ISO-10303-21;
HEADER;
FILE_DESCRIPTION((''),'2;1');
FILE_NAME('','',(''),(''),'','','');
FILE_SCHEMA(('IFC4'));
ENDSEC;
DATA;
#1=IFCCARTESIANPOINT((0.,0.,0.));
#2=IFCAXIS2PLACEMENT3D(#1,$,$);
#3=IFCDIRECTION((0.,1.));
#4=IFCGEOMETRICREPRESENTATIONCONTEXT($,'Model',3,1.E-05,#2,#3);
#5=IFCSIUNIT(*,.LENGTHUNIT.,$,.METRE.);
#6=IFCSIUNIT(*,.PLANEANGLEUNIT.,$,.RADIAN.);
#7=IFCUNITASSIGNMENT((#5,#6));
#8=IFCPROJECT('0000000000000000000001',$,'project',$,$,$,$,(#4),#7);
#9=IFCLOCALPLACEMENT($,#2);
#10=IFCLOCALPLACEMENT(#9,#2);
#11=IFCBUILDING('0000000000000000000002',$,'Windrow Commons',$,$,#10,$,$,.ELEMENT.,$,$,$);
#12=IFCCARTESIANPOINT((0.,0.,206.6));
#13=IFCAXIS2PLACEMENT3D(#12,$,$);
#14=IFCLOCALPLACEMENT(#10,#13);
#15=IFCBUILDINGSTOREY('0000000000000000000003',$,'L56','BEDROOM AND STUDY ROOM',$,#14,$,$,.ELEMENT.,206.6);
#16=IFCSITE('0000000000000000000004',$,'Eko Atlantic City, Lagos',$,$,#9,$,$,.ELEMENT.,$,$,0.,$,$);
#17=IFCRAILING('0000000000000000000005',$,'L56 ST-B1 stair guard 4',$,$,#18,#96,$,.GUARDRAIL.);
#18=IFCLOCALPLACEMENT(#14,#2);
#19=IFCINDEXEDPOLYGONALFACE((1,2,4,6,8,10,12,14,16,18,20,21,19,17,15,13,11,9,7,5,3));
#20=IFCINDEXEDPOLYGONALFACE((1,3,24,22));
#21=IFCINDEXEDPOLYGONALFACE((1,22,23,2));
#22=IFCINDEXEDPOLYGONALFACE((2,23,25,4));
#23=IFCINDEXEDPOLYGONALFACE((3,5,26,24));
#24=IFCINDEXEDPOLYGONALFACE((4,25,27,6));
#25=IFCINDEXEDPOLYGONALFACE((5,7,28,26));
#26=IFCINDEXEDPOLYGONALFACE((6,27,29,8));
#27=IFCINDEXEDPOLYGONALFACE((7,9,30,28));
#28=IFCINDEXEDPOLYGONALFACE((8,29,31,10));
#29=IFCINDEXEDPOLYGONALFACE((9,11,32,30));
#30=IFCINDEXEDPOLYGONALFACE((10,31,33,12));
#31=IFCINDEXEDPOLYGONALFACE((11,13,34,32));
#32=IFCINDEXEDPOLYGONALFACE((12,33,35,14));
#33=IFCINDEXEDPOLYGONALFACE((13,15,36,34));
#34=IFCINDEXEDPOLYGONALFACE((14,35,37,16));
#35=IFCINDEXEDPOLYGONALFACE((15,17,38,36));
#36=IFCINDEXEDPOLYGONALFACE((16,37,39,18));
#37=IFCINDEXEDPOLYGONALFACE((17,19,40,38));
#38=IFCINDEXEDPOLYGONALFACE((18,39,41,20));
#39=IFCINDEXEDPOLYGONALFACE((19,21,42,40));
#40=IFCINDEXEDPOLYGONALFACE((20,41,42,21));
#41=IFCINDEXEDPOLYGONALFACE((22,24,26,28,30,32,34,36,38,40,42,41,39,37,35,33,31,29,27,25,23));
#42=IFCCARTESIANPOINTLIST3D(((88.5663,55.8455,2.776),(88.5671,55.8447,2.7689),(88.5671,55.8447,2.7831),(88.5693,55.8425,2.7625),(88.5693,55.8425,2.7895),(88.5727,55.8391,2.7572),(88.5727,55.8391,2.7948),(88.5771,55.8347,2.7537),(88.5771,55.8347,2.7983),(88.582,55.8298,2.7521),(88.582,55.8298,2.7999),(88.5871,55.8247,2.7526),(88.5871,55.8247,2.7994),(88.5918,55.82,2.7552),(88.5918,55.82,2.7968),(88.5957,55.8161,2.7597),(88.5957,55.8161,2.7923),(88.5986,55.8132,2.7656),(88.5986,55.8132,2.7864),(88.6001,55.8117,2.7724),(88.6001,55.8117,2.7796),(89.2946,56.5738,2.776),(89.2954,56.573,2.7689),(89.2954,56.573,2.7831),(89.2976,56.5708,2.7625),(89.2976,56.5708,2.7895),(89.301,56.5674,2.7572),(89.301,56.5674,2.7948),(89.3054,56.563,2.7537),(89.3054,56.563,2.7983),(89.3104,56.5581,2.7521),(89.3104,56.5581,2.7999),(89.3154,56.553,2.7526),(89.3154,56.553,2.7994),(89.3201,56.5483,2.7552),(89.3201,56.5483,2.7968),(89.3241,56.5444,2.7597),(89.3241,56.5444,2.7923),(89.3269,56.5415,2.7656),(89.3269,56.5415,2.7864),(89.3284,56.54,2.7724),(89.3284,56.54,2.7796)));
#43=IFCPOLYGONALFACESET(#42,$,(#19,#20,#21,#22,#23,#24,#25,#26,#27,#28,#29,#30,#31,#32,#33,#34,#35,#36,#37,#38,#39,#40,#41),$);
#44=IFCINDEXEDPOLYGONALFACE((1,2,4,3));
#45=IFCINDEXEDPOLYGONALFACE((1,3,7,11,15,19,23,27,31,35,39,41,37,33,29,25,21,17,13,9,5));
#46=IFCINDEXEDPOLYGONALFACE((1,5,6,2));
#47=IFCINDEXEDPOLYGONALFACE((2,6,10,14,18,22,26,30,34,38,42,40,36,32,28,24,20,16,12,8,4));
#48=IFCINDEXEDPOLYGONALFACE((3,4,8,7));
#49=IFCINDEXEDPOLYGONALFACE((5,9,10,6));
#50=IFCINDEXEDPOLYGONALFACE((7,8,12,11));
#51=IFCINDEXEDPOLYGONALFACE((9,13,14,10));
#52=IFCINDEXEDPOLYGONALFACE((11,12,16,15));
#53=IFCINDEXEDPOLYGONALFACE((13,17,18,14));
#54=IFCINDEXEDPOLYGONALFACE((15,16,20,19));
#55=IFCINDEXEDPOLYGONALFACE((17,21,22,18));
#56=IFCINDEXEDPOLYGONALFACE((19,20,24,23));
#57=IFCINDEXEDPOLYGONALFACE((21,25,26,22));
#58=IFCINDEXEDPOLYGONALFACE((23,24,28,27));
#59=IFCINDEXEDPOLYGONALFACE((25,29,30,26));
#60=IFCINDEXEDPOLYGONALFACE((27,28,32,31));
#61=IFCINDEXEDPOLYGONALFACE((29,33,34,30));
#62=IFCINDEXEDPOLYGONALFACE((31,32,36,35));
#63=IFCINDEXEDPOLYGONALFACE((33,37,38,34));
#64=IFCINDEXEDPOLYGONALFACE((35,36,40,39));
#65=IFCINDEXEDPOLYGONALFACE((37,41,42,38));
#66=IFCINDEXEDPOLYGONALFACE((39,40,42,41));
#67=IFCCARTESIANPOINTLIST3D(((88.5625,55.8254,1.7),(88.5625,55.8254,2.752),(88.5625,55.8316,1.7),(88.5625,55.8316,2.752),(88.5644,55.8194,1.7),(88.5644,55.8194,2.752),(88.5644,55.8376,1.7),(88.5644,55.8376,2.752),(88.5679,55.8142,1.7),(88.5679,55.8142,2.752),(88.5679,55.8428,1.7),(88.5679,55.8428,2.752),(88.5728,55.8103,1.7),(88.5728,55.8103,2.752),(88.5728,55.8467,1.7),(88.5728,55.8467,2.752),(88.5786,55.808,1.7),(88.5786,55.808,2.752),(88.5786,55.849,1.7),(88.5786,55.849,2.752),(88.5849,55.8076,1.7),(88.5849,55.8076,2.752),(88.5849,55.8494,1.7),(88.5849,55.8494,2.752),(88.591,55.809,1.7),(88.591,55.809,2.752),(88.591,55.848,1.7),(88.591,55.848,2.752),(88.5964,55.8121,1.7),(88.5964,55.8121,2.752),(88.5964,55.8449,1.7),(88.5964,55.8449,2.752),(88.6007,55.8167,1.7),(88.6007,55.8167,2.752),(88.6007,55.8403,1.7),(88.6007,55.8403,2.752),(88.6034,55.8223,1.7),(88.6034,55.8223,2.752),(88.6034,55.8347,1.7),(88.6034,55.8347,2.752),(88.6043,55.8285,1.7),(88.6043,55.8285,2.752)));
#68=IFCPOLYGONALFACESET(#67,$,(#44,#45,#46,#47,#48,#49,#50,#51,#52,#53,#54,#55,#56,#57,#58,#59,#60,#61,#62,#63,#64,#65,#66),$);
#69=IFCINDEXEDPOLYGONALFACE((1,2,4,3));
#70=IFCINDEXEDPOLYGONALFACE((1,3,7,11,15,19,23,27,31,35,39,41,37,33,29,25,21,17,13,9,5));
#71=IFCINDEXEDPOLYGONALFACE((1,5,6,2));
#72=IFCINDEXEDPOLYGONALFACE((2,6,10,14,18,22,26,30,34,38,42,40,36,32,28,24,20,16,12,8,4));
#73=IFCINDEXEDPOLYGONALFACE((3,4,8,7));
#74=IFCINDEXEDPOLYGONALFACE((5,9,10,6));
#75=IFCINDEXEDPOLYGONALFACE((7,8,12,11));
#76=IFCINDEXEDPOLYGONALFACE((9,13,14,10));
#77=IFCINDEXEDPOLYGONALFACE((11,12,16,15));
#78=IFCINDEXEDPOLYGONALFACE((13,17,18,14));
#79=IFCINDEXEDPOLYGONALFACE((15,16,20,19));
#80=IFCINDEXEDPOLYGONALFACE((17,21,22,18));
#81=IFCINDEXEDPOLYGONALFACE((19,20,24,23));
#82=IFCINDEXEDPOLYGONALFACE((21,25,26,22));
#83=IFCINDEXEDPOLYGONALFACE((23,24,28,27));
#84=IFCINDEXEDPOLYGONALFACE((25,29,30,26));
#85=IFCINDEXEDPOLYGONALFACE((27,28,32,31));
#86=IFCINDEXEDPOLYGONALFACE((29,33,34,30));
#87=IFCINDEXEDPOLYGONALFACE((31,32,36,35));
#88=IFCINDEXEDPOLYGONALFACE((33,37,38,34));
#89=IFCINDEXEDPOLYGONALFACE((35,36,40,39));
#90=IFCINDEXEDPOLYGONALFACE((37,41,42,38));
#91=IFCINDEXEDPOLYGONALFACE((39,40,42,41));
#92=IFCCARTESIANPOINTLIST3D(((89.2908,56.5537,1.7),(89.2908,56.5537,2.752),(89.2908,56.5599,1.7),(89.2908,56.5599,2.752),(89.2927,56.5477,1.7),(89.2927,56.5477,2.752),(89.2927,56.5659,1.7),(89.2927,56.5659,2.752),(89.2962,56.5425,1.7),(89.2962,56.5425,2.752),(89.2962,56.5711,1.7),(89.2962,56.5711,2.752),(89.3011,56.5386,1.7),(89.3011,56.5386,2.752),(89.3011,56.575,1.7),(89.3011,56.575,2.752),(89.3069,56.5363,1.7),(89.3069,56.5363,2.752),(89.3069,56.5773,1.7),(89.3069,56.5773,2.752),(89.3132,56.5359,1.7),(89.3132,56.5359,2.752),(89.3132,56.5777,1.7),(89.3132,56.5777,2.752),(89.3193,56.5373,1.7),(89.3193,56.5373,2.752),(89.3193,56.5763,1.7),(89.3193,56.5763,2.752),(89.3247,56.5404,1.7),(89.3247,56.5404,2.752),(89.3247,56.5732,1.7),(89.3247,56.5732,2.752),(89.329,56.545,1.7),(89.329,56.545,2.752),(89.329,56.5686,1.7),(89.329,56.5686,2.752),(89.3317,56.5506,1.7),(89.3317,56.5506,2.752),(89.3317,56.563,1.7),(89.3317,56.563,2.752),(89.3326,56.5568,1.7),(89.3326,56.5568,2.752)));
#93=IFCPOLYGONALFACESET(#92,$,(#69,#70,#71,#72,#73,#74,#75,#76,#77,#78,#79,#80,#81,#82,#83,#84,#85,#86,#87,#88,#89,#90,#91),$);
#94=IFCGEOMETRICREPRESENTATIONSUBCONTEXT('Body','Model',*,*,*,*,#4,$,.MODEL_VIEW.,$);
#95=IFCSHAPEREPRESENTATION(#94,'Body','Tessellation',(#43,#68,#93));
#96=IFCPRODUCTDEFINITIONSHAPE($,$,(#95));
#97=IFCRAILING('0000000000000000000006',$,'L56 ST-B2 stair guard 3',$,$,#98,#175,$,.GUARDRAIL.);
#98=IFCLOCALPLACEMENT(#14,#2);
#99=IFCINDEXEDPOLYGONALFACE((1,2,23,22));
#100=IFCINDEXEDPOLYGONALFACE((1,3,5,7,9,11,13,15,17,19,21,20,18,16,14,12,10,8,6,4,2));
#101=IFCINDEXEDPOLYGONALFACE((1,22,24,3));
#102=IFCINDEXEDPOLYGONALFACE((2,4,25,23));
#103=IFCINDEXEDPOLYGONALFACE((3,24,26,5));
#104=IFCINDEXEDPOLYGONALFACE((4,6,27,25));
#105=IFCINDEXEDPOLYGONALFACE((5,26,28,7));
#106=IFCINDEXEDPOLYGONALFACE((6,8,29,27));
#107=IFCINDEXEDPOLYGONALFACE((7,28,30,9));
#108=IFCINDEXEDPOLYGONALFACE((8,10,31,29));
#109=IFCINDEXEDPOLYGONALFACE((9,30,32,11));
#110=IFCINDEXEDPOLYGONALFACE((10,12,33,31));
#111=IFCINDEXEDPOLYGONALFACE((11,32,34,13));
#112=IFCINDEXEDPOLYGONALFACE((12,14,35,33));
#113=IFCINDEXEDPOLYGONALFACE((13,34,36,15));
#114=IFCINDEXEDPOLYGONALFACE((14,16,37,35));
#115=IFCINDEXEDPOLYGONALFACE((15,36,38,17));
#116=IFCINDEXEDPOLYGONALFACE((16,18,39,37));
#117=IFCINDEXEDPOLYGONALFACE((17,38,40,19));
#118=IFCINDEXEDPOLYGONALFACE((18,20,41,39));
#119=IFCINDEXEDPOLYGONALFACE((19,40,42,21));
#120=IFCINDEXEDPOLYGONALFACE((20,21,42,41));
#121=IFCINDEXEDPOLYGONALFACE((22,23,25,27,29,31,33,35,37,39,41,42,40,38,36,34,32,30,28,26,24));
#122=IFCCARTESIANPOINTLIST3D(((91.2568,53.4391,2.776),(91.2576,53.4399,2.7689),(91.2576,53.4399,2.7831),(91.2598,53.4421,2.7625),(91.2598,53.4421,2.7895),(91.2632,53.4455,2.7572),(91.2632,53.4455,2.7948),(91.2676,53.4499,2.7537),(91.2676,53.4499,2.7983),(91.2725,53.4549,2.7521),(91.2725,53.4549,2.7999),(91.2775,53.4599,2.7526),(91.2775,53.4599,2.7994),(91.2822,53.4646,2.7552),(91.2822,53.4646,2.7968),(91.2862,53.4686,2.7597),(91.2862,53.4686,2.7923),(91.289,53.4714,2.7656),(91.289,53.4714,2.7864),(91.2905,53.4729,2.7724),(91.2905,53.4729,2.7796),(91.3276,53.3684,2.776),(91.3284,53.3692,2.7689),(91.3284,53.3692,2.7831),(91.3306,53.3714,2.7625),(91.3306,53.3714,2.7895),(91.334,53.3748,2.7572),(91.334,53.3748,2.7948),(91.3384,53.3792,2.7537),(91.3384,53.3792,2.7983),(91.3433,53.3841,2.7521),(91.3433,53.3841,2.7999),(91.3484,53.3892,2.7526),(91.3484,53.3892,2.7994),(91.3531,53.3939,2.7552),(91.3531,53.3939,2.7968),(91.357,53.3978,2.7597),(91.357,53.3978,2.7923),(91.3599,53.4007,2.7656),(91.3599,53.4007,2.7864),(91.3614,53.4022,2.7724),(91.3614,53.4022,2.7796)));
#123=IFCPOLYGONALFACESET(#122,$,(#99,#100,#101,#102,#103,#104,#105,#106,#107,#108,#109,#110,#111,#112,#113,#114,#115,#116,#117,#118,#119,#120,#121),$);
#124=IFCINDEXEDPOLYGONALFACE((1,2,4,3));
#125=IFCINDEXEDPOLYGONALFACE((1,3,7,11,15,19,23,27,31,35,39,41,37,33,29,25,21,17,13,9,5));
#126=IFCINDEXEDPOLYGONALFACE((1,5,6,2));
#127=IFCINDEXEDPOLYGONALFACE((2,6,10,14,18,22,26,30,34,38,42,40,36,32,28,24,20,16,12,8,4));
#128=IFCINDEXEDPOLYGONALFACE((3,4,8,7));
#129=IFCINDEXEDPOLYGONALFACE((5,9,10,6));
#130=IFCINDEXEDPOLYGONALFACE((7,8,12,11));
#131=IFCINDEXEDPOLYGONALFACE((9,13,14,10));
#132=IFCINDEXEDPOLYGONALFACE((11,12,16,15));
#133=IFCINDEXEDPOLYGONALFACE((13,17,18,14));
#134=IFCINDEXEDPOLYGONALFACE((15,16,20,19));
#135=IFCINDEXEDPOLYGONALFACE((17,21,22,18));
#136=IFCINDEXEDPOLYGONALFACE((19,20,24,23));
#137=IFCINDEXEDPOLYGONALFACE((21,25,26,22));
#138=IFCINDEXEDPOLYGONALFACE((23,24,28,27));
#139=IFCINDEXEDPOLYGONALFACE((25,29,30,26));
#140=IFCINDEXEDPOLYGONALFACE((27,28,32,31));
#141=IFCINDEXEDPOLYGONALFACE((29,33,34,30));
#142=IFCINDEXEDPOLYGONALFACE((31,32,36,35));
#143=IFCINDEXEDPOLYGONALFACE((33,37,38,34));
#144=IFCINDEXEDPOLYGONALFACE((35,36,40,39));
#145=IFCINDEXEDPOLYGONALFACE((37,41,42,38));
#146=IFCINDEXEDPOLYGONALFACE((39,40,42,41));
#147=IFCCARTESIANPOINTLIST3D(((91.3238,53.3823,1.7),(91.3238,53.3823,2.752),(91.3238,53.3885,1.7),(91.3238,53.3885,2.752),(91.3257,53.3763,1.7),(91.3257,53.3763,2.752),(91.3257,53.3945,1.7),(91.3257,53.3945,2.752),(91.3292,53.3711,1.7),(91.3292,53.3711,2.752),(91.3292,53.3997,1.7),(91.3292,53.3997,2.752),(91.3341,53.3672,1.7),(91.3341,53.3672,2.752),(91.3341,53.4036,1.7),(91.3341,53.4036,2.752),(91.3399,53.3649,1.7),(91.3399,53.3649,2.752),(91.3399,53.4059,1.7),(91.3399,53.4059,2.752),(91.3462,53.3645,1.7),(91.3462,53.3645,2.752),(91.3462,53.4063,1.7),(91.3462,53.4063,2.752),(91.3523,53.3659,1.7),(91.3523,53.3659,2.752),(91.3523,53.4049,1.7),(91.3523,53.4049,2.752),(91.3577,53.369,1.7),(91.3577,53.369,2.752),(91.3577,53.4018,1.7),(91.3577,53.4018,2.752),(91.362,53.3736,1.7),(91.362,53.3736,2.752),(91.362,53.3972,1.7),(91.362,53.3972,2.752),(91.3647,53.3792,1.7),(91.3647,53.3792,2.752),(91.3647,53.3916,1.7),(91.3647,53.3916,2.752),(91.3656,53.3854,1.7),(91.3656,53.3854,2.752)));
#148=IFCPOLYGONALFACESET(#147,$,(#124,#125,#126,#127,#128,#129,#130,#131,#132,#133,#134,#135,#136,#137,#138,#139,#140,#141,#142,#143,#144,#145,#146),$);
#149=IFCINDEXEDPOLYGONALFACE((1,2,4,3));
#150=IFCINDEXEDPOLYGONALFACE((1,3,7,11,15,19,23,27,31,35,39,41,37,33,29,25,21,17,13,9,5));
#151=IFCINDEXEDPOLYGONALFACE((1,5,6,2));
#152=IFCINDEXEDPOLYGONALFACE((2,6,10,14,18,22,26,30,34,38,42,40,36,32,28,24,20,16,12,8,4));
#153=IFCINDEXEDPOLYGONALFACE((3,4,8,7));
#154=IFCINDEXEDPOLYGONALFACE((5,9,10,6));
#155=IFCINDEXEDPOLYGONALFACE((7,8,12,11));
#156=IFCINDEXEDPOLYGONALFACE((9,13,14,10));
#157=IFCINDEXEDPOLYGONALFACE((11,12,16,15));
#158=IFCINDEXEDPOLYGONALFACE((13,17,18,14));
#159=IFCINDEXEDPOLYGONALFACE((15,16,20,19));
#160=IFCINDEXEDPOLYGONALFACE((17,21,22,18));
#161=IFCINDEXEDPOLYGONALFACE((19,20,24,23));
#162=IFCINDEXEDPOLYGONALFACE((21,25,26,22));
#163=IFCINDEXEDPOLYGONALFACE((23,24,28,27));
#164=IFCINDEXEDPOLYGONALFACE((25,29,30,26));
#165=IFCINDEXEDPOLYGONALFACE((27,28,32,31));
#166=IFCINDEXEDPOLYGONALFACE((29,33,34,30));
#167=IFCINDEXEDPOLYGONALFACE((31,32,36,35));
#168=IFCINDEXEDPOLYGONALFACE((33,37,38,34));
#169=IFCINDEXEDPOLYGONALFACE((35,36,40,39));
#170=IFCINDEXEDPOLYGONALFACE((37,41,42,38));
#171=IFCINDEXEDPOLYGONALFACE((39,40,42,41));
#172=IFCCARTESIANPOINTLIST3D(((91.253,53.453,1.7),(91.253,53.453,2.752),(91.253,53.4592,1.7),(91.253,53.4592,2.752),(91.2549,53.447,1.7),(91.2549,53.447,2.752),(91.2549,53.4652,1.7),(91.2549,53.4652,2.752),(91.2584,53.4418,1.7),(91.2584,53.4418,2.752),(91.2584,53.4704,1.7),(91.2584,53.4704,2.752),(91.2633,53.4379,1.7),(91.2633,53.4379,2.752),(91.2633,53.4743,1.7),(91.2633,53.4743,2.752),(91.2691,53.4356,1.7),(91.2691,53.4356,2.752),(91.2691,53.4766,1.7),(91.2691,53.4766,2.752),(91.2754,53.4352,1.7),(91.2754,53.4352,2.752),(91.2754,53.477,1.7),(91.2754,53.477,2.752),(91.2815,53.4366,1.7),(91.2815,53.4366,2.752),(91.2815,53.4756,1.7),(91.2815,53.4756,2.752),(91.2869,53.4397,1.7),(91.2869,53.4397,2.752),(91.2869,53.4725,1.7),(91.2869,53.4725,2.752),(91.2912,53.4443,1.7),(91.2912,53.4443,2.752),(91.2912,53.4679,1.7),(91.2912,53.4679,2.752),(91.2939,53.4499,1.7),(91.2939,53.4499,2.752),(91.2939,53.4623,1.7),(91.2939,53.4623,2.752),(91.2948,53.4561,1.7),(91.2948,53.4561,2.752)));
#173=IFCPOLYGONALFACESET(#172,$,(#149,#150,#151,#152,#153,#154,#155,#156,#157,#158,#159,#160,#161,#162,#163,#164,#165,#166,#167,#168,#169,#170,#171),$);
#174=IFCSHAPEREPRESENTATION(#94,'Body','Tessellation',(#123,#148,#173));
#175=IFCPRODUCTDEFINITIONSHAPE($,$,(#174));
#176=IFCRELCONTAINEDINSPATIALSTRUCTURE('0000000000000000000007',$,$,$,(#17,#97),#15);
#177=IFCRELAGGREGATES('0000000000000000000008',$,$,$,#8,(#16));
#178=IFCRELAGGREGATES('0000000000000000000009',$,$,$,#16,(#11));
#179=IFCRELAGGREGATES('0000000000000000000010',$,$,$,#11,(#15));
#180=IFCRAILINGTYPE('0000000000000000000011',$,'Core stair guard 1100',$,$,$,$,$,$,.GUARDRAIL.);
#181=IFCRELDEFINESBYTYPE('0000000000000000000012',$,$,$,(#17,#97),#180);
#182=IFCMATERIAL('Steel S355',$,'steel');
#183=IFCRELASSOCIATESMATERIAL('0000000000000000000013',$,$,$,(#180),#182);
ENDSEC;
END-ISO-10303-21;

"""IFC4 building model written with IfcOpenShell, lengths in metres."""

from ifc_helpers import new_model, si_unit, direction, frame, origin, origin_2d, place, context, subcontext, project, spatial, circle, extrude, material, type_object, element, save


model = new_model("IFC4")

# Units and contexts
model_context = context("Model", 3, precision=1e-05, world=origin(), true_north=direction((0.0, 1.0)))
body_context = subcontext(model_context, "Body", "Model", "MODEL_VIEW")
ifc_project = project(units=[si_unit("LENGTHUNIT", "METRE"), si_unit("PLANEANGLEUNIT", "RADIAN")], contexts=[model_context])

# Site, building, storey
site_placement = place(None, origin())
site = spatial("IfcSite", under=ifc_project, at=site_placement, Name="Eko Atlantic City, Lagos", CompositionType="ELEMENT", RefElevation=0.0)
building_placement = place(site_placement, origin())
building = spatial("IfcBuilding", under=site, at=building_placement, Name="Windrow Commons", CompositionType="ELEMENT")
storey_placement = place(building_placement, frame((0.0, 0.0, 206.6)))
storey = spatial("IfcBuildingStorey", under=building, at=storey_placement, Name="L56", Description="BEDROOM AND STUDY ROOM", CompositionType="ELEMENT", Elevation=206.6)

# Railings
ifc_material_1 = material(Name="Steel S355", Category="steel")
railing_type_1 = type_object("IfcRailingType", Name="Core stair guard 1100", PredefinedType="GUARDRAIL", material=ifc_material_1)
railing_1_placement = place(storey_placement, frame((88.5833, 55.8285, 1.7)))
element("IfcRailing", 1, at=railing_1_placement, inside=storey, type_object=railing_type_1, Name="L56 ST-B1 stair guard 4", PredefinedType="GUARDRAIL", context=body_context, shape_type="SweptSolid", body=[
    extrude(circle(Radius=0.024, at=origin_2d()), frame((0.0, 0.0, 1.076), z_axis=(0.707107, 0.707107, 0.0), x_axis=(-0.707107, 0.707107, 0.0)), (0.0, 0.0, 1.0), 1.03),
    extrude(circle(Radius=0.021, at=origin_2d()), origin(), (0.0, 0.0, 1.0), 1.052),
    extrude(circle(Radius=0.021, at=origin_2d()), frame((0.7283, 0.7283, 0.0)), (0.0, 0.0, 1.0), 1.052),
])
railing_2_placement = place(storey_placement, frame((91.3446, 53.3854, 1.7)))
element("IfcRailing", 2, at=railing_2_placement, inside=storey, type_object=railing_type_1, Name="L56 ST-B2 stair guard 3", PredefinedType="GUARDRAIL", context=body_context, shape_type="SweptSolid", body=[
    extrude(circle(Radius=0.024, at=origin_2d()), frame((0.0, 0.0, 1.076), z_axis=(-0.707606, 0.706607, 0.0), x_axis=(-0.706607, -0.707606, 0.0)), (0.0, 0.0, 1.0), 0.1001),
    extrude(circle(Radius=0.021, at=origin_2d()), origin(), (0.0, 0.0, 1.0), 1.052),
    extrude(circle(Radius=0.021, at=origin_2d()), frame((-0.0708, 0.0707, 0.0)), (0.0, 0.0, 1.0), 1.052),
])

save(model, "model.ifc")
